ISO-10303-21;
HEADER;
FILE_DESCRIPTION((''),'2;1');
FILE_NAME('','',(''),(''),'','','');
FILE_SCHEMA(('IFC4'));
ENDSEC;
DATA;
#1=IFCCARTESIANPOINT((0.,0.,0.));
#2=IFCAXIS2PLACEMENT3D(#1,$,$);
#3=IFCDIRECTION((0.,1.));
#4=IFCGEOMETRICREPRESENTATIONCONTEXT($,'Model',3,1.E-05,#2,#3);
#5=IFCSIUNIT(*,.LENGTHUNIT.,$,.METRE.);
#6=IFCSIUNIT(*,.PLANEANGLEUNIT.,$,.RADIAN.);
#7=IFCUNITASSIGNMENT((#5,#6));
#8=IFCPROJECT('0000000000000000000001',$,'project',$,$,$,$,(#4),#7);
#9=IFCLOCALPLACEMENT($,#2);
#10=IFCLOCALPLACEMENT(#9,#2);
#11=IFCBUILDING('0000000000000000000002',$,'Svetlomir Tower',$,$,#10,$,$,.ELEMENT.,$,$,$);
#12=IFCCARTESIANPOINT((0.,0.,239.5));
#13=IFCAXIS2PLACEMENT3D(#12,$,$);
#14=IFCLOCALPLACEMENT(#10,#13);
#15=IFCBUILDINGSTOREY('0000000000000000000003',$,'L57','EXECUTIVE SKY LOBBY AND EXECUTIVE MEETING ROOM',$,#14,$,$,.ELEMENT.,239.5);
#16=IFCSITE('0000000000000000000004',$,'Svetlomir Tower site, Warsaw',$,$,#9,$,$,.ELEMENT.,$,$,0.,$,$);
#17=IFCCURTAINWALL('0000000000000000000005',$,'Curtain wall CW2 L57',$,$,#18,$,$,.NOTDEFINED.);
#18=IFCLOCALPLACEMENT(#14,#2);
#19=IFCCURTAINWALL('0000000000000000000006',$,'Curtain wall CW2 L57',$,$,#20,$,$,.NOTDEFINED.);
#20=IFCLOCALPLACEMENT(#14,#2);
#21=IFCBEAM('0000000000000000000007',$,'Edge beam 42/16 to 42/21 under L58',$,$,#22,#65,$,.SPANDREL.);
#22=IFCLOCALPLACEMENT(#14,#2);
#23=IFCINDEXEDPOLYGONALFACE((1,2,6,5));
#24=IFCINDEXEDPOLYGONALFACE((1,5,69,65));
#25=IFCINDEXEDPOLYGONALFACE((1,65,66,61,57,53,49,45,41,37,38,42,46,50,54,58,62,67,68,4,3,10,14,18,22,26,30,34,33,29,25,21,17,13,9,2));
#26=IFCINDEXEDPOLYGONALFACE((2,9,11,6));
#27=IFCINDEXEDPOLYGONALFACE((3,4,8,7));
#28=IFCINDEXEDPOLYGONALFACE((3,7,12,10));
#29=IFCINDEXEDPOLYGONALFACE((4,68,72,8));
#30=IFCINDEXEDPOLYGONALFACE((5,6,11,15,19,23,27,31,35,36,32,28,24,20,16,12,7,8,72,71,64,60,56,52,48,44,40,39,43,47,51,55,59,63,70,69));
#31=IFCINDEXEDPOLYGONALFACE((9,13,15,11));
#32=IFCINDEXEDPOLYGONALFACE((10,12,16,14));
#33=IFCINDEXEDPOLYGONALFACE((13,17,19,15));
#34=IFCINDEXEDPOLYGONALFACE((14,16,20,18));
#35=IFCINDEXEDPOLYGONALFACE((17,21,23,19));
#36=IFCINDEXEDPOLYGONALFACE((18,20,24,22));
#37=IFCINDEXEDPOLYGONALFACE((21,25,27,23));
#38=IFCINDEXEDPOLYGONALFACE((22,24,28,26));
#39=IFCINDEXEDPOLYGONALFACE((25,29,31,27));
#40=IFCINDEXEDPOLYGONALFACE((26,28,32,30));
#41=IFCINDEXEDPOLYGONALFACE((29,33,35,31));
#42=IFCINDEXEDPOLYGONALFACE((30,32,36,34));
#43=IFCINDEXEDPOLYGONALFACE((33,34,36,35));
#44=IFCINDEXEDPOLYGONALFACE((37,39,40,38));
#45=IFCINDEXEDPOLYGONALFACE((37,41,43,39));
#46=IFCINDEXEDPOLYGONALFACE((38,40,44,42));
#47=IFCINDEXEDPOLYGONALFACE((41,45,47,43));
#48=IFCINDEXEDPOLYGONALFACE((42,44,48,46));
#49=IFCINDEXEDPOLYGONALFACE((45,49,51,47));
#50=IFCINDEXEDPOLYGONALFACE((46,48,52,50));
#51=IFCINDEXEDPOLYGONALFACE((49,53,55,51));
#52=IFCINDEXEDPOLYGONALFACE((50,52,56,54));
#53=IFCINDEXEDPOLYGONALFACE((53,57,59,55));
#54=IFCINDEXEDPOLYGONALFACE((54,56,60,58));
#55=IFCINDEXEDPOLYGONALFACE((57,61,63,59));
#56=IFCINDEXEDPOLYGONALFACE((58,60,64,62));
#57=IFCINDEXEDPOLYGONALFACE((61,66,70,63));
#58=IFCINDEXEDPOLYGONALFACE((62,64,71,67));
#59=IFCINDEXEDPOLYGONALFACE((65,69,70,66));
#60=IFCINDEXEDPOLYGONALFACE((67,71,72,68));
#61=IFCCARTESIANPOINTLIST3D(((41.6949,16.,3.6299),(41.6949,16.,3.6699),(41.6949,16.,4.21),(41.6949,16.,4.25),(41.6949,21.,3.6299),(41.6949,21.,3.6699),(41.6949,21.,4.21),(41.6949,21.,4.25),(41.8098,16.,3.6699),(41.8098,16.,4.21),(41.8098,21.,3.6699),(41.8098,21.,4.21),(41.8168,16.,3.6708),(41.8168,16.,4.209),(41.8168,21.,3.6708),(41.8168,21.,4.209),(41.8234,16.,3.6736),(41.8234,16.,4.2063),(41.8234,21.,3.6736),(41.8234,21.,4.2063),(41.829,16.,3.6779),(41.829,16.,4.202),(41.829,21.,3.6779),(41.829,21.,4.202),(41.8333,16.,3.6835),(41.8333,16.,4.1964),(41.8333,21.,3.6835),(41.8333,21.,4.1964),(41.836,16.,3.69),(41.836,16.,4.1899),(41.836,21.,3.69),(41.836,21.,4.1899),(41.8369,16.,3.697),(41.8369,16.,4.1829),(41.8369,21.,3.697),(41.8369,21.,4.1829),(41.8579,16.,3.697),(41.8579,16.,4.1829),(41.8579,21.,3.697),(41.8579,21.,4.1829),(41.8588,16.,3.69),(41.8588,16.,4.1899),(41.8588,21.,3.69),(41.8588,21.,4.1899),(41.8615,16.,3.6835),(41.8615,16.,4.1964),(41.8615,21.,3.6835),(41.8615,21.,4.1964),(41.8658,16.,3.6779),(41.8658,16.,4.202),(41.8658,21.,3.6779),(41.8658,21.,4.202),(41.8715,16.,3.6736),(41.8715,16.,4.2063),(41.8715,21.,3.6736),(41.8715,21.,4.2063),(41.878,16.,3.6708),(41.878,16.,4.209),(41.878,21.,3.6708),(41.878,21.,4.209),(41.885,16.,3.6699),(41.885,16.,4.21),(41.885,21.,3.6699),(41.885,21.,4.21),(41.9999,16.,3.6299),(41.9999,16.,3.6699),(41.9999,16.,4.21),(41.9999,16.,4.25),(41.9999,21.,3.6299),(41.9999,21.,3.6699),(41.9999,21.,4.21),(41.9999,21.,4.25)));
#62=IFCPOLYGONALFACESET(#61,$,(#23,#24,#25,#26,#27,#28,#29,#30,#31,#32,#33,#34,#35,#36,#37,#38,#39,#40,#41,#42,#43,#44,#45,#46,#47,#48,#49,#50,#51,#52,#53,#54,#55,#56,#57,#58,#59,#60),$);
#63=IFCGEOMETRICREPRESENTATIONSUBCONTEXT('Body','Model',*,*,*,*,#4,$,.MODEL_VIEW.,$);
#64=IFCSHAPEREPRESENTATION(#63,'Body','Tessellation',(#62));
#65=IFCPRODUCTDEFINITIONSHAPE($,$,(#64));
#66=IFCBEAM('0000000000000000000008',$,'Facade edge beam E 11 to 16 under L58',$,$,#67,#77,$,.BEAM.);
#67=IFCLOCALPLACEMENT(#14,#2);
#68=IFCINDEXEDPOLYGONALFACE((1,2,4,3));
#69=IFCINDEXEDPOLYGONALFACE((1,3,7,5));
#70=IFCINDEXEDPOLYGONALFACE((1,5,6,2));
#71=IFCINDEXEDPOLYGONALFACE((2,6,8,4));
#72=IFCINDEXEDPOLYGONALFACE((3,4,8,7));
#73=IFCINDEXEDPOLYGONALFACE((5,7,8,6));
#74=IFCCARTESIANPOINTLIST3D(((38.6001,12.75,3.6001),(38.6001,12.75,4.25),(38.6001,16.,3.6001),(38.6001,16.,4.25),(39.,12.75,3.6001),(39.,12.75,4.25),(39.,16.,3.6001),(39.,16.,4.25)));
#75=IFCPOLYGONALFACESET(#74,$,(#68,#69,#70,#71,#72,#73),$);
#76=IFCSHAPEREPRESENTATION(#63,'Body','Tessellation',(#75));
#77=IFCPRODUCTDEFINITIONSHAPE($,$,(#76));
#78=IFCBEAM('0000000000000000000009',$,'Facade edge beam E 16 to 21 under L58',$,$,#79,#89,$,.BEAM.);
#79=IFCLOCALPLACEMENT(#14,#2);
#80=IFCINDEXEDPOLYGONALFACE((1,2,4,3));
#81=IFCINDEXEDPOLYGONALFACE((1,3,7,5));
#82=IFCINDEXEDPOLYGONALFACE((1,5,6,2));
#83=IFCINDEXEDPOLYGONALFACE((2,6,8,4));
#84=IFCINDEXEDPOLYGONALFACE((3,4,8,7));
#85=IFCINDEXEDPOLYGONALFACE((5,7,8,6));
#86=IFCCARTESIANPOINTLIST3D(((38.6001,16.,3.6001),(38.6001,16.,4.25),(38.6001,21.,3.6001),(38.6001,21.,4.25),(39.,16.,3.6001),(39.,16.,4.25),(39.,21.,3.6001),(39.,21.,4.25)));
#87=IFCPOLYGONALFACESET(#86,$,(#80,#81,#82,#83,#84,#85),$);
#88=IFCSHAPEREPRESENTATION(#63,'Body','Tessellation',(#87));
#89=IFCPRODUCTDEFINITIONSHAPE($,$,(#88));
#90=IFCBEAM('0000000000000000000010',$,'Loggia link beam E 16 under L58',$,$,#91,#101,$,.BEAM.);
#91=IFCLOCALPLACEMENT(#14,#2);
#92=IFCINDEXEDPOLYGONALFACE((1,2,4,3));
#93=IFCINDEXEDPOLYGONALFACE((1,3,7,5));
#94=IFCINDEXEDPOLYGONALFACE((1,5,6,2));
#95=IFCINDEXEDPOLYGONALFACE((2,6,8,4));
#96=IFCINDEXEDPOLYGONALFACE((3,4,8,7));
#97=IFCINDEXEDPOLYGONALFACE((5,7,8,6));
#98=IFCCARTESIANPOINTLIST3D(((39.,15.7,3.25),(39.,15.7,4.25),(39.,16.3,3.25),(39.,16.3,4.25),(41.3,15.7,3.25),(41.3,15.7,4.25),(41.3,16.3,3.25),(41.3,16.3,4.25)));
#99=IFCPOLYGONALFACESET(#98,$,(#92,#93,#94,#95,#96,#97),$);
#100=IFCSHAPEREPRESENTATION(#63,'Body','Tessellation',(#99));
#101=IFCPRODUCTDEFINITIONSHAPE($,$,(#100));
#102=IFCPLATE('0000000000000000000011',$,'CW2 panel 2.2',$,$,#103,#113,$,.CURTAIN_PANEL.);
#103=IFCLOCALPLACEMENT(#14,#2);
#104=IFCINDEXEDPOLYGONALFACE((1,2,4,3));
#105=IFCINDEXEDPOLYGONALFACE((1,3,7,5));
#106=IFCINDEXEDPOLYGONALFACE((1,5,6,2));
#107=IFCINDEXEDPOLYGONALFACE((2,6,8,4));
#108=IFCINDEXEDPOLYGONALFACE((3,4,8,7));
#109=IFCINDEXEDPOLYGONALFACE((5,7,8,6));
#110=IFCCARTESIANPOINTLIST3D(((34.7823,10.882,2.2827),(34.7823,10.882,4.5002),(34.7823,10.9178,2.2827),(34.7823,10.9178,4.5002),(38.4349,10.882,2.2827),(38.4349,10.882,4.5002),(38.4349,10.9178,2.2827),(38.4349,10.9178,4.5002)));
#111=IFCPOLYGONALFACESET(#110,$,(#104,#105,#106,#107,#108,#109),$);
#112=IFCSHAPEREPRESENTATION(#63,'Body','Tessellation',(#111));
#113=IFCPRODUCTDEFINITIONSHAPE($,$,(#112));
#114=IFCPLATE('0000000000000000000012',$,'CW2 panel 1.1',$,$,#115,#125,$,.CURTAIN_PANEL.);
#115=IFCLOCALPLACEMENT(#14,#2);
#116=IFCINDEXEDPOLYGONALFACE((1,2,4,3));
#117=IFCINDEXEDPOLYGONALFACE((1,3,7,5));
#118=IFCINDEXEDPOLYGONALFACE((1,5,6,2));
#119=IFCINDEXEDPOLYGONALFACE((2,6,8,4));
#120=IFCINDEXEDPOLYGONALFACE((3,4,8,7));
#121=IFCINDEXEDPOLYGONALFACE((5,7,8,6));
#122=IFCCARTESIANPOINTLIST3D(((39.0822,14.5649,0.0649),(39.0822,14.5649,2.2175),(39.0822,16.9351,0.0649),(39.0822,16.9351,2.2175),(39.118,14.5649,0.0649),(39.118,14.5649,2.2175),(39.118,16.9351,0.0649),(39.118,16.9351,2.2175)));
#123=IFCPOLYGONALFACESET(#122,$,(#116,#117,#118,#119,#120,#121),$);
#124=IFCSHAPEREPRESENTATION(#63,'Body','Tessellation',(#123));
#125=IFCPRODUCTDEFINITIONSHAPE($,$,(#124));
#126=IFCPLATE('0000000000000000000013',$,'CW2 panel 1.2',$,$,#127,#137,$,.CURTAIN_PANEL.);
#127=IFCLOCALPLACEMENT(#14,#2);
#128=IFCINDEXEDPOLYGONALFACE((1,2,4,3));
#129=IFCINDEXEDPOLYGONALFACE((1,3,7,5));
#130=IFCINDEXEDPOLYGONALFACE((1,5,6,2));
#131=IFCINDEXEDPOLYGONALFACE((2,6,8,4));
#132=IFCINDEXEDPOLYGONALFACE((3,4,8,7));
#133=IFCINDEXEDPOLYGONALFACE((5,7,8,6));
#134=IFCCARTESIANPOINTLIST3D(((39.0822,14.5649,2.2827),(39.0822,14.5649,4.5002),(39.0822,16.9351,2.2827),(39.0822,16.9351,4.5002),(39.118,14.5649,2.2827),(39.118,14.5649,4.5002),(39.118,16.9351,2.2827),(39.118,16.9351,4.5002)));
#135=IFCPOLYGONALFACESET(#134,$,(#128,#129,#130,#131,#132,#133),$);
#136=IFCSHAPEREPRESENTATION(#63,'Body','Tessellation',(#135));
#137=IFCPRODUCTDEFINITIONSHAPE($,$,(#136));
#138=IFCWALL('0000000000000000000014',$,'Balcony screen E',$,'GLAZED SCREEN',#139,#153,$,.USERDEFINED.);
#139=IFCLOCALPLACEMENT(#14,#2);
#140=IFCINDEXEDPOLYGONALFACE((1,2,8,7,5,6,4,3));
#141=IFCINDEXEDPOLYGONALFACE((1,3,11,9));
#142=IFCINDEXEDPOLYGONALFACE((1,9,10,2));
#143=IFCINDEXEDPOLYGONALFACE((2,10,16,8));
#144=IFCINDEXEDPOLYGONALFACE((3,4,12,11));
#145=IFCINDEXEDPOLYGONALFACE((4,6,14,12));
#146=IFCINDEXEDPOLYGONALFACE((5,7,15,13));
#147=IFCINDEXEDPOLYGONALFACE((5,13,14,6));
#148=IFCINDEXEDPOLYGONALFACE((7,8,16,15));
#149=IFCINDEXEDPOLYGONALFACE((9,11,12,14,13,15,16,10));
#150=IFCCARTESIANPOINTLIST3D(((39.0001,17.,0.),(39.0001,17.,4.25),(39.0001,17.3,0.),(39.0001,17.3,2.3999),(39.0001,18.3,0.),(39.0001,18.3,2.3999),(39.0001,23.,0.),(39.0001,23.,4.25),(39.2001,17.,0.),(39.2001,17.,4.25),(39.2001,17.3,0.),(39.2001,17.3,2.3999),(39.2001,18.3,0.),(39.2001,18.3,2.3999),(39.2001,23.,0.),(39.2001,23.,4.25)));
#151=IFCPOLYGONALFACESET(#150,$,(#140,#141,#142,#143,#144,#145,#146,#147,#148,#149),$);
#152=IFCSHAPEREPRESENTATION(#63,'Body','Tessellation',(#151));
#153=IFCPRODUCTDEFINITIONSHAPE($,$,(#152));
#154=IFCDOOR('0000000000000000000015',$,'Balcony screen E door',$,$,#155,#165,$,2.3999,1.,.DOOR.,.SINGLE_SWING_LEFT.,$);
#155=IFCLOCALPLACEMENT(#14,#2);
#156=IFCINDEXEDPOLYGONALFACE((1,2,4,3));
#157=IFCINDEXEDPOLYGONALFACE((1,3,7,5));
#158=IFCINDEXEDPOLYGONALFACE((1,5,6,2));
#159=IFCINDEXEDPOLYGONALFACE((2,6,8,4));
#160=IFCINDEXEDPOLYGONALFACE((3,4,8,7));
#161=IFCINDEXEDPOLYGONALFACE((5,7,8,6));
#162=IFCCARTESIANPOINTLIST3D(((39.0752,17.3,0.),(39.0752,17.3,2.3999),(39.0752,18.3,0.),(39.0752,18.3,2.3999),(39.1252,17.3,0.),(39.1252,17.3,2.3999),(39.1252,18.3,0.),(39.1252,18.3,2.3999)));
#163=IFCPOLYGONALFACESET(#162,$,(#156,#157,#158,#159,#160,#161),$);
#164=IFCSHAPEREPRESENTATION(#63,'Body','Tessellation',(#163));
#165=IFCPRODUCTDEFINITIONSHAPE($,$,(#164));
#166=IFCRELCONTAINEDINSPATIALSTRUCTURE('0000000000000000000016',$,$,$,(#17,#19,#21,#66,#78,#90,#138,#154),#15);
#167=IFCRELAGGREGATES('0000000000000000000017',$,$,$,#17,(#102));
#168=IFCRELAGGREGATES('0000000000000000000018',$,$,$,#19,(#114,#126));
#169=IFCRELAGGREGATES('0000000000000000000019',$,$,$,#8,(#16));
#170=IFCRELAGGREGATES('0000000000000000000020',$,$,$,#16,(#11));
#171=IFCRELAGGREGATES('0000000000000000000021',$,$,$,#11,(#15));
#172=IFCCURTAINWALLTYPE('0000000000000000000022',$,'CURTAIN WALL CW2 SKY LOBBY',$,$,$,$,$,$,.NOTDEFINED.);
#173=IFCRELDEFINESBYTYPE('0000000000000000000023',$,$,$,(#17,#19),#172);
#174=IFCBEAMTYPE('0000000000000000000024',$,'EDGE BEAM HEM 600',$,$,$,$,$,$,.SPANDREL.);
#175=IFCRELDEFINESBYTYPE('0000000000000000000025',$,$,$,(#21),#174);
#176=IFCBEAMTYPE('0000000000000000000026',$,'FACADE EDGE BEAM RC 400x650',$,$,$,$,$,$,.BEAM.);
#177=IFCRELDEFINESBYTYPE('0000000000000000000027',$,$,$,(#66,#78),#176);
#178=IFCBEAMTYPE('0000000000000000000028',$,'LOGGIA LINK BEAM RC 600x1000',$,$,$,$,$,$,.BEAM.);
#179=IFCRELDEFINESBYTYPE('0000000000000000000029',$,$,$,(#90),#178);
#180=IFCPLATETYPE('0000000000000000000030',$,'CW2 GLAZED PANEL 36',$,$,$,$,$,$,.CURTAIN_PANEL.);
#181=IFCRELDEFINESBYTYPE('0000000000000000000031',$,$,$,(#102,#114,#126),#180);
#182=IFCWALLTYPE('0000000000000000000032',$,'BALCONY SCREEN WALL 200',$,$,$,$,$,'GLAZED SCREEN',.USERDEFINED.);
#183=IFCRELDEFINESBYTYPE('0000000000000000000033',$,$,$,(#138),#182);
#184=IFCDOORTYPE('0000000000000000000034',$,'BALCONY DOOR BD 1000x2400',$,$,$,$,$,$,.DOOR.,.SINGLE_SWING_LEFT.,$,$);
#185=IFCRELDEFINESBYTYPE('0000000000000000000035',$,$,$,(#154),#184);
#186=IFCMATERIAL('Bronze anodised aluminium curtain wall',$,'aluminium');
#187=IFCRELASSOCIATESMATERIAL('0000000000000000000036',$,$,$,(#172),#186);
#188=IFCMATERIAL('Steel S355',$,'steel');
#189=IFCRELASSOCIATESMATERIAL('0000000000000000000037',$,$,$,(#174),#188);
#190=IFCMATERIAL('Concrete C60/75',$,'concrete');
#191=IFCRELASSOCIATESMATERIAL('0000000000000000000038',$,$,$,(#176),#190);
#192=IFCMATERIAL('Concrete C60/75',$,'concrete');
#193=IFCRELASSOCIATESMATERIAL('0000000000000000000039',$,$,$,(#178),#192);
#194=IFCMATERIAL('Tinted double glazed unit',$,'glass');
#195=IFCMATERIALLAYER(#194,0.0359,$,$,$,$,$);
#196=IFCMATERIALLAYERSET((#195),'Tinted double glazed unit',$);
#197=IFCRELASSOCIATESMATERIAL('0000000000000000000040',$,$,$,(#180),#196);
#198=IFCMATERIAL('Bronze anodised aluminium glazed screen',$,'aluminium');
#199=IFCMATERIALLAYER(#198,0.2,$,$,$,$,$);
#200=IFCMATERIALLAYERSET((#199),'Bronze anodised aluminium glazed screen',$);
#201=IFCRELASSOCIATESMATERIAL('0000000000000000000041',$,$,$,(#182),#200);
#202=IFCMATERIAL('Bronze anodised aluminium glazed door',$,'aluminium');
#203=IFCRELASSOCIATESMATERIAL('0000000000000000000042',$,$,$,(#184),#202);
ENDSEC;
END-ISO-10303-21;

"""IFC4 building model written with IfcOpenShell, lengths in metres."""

from ifc_helpers import new_model, si_unit, direction, frame, frame_2d, origin, origin_2d, place, context, subcontext, project, spatial, rectangle, i_section, extrude, material, layer, layer_set, material_profile, profile_set, type_object, element, fill, aggregate, save


model = new_model("IFC4")

# Units and contexts
model_context = context("Model", 3, precision=1e-05, world=origin(), true_north=direction((0.0, 1.0)))
body_context = subcontext(model_context, "Body", "Model", "MODEL_VIEW")
ifc_project = project(units=[si_unit("LENGTHUNIT", "METRE"), si_unit("PLANEANGLEUNIT", "RADIAN")], contexts=[model_context])

# Site, building, storey
site_placement = place(None, origin())
site = spatial("IfcSite", under=ifc_project, at=site_placement, Name="Svetlomir Tower site, Warsaw", CompositionType="ELEMENT", RefElevation=0.0)
building_placement = place(site_placement, origin())
building = spatial("IfcBuilding", under=site, at=building_placement, Name="Svetlomir Tower", CompositionType="ELEMENT")
storey_placement = place(building_placement, frame((0.0, 0.0, 239.5)))
storey = spatial("IfcBuildingStorey", under=building, at=storey_placement, Name="L57", Description="EXECUTIVE SKY LOBBY AND EXECUTIVE MEETING ROOM", CompositionType="ELEMENT", Elevation=239.5)

# Curtain wall
ifc_material_1 = material(Name="Bronze anodised aluminium curtain wall", Category="aluminium")
curtain_wall_type = type_object("IfcCurtainWallType", Name="CURTAIN WALL CW2 SKY LOBBY", PredefinedType="NOTDEFINED", material=ifc_material_1)
curtain_wall_1_placement = place(storey_placement, origin())
curtain_wall_1 = element("IfcCurtainWall", 1, at=curtain_wall_1_placement, inside=storey, type_object=curtain_wall_type, Name="Curtain wall CW2 L57", PredefinedType="NOTDEFINED")

# Curtain wall
curtain_wall_2_placement = place(storey_placement, origin())
curtain_wall_2 = element("IfcCurtainWall", 2, at=curtain_wall_2_placement, inside=storey, type_object=curtain_wall_type, Name="Curtain wall CW2 L57", PredefinedType="NOTDEFINED")

# Beams
ifc_material_2 = material(Name="Steel S355", Category="steel")
ifc_material_profile_1 = material_profile(ifc_material_2, i_section(OverallWidth=0.3049, OverallDepth=0.6201, WebThickness=0.021, FlangeThickness=0.04, FilletRadius=0.0271, at=origin_2d()), Name="HEM 600")
ifc_profile_set_1 = profile_set([ifc_material_profile_1], Name="Steel S355")
beam_type_1 = type_object("IfcBeamType", Name="EDGE BEAM HEM 600", PredefinedType="SPANDREL", material=ifc_profile_set_1)
beam_1_placement = place(storey_placement, frame((41.8474, 16.0, 3.9399), z_axis=(0.0, 1.0, 0.0), x_axis=(-1.0, 0.0, 0.0)))
element("IfcBeam", 3, at=beam_1_placement, inside=storey, type_object=beam_type_1, Name="Edge beam 42/16 to 42/21 under L58", PredefinedType="SPANDREL", context=body_context, shape_type="SweptSolid", body=[
    extrude(i_section(OverallWidth=0.3049, OverallDepth=0.6201, WebThickness=0.021, FlangeThickness=0.04, FilletRadius=0.0271, at=origin_2d()), origin(), (0.0, 0.0, 1.0), 5.0),
])
ifc_material_3 = material(Name="Concrete C60/75", Category="concrete")
ifc_material_profile_2 = material_profile(ifc_material_3, rectangle(XDim=0.3999, YDim=0.6499, at=origin_2d()), Name="RC 400x650")
ifc_profile_set_2 = profile_set([ifc_material_profile_2], Name="Concrete C60/75")
beam_type_2 = type_object("IfcBeamType", Name="FACADE EDGE BEAM RC 400x650", PredefinedType="BEAM", material=ifc_profile_set_2)
beam_2_placement = place(storey_placement, frame((38.8, 12.75, 3.925), z_axis=(0.0, 1.0, 0.0), x_axis=(-1.0, 0.0, 0.0)))
element("IfcBeam", 4, at=beam_2_placement, inside=storey, type_object=beam_type_2, Name="Facade edge beam E 11 to 16 under L58", PredefinedType="BEAM", context=body_context, shape_type="SweptSolid", body=[
    extrude(rectangle(XDim=0.3999, YDim=0.6499, at=origin_2d()), origin(), (0.0, 0.0, 1.0), 3.25),
])
beam_3_placement = place(storey_placement, frame((38.8, 16.0, 3.925), z_axis=(0.0, 1.0, 0.0), x_axis=(-1.0, 0.0, 0.0)))
element("IfcBeam", 5, at=beam_3_placement, inside=storey, type_object=beam_type_2, Name="Facade edge beam E 16 to 21 under L58", PredefinedType="BEAM", context=body_context, shape_type="SweptSolid", body=[
    extrude(rectangle(XDim=0.3999, YDim=0.6499, at=origin_2d()), origin(), (0.0, 0.0, 1.0), 5.0),
])
ifc_material_4 = material(Name="Concrete C60/75", Category="concrete")
ifc_material_profile_3 = material_profile(ifc_material_4, rectangle(XDim=0.6001, YDim=1.0, at=origin_2d()), Name="RC 600x1000")
ifc_profile_set_3 = profile_set([ifc_material_profile_3], Name="Concrete C60/75")
beam_type_3 = type_object("IfcBeamType", Name="LOGGIA LINK BEAM RC 600x1000", PredefinedType="BEAM", material=ifc_profile_set_3)
beam_4_placement = place(storey_placement, frame((41.3, 16.0, 3.75), z_axis=(-1.0, 0.0, 0.0), x_axis=(0.0, -1.0, 0.0)))
element("IfcBeam", 6, at=beam_4_placement, inside=storey, type_object=beam_type_3, Name="Loggia link beam E 16 under L58", PredefinedType="BEAM", context=body_context, shape_type="SweptSolid", body=[
    extrude(rectangle(XDim=0.6001, YDim=1.0, at=origin_2d()), origin(), (0.0, 0.0, 1.0), 2.3),
])

# Plates
ifc_material_5 = material(Name="Tinted double glazed unit", Category="glass")
ifc_layer_1 = layer(ifc_material_5, 0.0359)
ifc_layer_set_1 = layer_set([ifc_layer_1], Name="Tinted double glazed unit")
plate_type = type_object("IfcPlateType", Name="CW2 GLAZED PANEL 36", PredefinedType="CURTAIN_PANEL", material=ifc_layer_set_1)
plate_1_placement = place(storey_placement, frame((36.6086, 10.8999, 2.2827), z_axis=(0.0, 0.0, 1.0), x_axis=(1.0, 0.0, 0.0)))
plate_1 = element("IfcPlate", 7, at=plate_1_placement, type_object=plate_type, Name="CW2 panel 2.2", PredefinedType="CURTAIN_PANEL", context=body_context, shape_type="SweptSolid", body=[
    extrude(rectangle(XDim=3.6526, YDim=0.0359, at=origin_2d()), origin(), (0.0, 0.0, 1.0), 2.2175),
])
aggregate(curtain_wall_1, [plate_1])
plate_2_placement = place(storey_placement, frame((39.1001, 15.75, 0.0649), z_axis=(0.0, 0.0, 1.0), x_axis=(0.0, 1.0, 0.0)))
plate_2 = element("IfcPlate", 8, at=plate_2_placement, type_object=plate_type, Name="CW2 panel 1.1", PredefinedType="CURTAIN_PANEL", context=body_context, shape_type="SweptSolid", body=[
    extrude(rectangle(XDim=2.3701, YDim=0.0359, at=origin_2d()), origin(), (0.0, 0.0, 1.0), 2.1526),
])
plate_3_placement = place(storey_placement, frame((39.1001, 15.75, 2.2827), z_axis=(0.0, 0.0, 1.0), x_axis=(0.0, 1.0, 0.0)))
plate_3 = element("IfcPlate", 9, at=plate_3_placement, type_object=plate_type, Name="CW2 panel 1.2", PredefinedType="CURTAIN_PANEL", context=body_context, shape_type="SweptSolid", body=[
    extrude(rectangle(XDim=2.3701, YDim=0.0359, at=origin_2d()), origin(), (0.0, 0.0, 1.0), 2.2175),
])
aggregate(curtain_wall_2, [plate_2, plate_3])

# Wall, opening, door
ifc_material_6 = material(Name="Bronze anodised aluminium glazed screen", Category="aluminium")
ifc_layer_2 = layer(ifc_material_6, 0.2)
ifc_layer_set_2 = layer_set([ifc_layer_2], Name="Bronze anodised aluminium glazed screen")
wall_type_1 = type_object("IfcWallType", Name="BALCONY SCREEN WALL 200", ElementType="GLAZED SCREEN", PredefinedType="USERDEFINED", material=ifc_layer_set_2)
wall_1_placement = place(storey_placement, frame((39.1001, 17.0, 0.0), z_axis=(0.0, 0.0, 1.0), x_axis=(0.0, 1.0, 0.0)))
wall_1 = element("IfcWall", 10, at=wall_1_placement, inside=storey, type_object=wall_type_1, Name="Balcony screen E", ObjectType="GLAZED SCREEN", PredefinedType="USERDEFINED", context=body_context, shape_type="SweptSolid", body=[
    extrude(rectangle(XDim=6.0, YDim=0.2, at=frame_2d((3.0, 0.0))), origin(), (0.0, 0.0, 1.0), 4.25),
])
opening_1_placement = place(wall_1_placement, frame((0.3, 0.0, 0.0)))
opening_1 = element("IfcOpeningElement", 11, at=opening_1_placement, cuts=wall_1, PredefinedType="OPENING", context=body_context, shape_type="SweptSolid", body=[
    extrude(rectangle(XDim=1.0, YDim=2.3999, at=frame_2d((0.5, 1.2))), frame((0.0, 0.1099, 0.0), z_axis=(0.0, -1.0, 0.0), x_axis=(1.0, 0.0, 0.0)), (0.0, 0.0, 1.0), 0.22),
])
ifc_material_7 = material(Name="Bronze anodised aluminium glazed door", Category="aluminium")
door_type_1 = type_object("IfcDoorType", Name="BALCONY DOOR BD 1000x2400", OperationType="SINGLE_SWING_LEFT", PredefinedType="DOOR", material=ifc_material_7)
door_1_placement = place(opening_1_placement, origin())
door_1 = element("IfcDoor", 12, at=door_1_placement, inside=storey, type_object=door_type_1, Name="Balcony screen E door", OperationType="SINGLE_SWING_LEFT", OverallHeight=2.3999, OverallWidth=1.0, PredefinedType="DOOR", context=body_context, shape_type="SweptSolid", body=[
    extrude(rectangle(XDim=1.0, YDim=2.3999, at=frame_2d((0.5, 1.2))), frame((0.0, 0.0249, 0.0), z_axis=(0.0, -1.0, 0.0), x_axis=(1.0, 0.0, 0.0)), (0.0, 0.0, 1.0), 0.05),
])
fill(opening_1, door_1)

save(model, "model.ifc")
